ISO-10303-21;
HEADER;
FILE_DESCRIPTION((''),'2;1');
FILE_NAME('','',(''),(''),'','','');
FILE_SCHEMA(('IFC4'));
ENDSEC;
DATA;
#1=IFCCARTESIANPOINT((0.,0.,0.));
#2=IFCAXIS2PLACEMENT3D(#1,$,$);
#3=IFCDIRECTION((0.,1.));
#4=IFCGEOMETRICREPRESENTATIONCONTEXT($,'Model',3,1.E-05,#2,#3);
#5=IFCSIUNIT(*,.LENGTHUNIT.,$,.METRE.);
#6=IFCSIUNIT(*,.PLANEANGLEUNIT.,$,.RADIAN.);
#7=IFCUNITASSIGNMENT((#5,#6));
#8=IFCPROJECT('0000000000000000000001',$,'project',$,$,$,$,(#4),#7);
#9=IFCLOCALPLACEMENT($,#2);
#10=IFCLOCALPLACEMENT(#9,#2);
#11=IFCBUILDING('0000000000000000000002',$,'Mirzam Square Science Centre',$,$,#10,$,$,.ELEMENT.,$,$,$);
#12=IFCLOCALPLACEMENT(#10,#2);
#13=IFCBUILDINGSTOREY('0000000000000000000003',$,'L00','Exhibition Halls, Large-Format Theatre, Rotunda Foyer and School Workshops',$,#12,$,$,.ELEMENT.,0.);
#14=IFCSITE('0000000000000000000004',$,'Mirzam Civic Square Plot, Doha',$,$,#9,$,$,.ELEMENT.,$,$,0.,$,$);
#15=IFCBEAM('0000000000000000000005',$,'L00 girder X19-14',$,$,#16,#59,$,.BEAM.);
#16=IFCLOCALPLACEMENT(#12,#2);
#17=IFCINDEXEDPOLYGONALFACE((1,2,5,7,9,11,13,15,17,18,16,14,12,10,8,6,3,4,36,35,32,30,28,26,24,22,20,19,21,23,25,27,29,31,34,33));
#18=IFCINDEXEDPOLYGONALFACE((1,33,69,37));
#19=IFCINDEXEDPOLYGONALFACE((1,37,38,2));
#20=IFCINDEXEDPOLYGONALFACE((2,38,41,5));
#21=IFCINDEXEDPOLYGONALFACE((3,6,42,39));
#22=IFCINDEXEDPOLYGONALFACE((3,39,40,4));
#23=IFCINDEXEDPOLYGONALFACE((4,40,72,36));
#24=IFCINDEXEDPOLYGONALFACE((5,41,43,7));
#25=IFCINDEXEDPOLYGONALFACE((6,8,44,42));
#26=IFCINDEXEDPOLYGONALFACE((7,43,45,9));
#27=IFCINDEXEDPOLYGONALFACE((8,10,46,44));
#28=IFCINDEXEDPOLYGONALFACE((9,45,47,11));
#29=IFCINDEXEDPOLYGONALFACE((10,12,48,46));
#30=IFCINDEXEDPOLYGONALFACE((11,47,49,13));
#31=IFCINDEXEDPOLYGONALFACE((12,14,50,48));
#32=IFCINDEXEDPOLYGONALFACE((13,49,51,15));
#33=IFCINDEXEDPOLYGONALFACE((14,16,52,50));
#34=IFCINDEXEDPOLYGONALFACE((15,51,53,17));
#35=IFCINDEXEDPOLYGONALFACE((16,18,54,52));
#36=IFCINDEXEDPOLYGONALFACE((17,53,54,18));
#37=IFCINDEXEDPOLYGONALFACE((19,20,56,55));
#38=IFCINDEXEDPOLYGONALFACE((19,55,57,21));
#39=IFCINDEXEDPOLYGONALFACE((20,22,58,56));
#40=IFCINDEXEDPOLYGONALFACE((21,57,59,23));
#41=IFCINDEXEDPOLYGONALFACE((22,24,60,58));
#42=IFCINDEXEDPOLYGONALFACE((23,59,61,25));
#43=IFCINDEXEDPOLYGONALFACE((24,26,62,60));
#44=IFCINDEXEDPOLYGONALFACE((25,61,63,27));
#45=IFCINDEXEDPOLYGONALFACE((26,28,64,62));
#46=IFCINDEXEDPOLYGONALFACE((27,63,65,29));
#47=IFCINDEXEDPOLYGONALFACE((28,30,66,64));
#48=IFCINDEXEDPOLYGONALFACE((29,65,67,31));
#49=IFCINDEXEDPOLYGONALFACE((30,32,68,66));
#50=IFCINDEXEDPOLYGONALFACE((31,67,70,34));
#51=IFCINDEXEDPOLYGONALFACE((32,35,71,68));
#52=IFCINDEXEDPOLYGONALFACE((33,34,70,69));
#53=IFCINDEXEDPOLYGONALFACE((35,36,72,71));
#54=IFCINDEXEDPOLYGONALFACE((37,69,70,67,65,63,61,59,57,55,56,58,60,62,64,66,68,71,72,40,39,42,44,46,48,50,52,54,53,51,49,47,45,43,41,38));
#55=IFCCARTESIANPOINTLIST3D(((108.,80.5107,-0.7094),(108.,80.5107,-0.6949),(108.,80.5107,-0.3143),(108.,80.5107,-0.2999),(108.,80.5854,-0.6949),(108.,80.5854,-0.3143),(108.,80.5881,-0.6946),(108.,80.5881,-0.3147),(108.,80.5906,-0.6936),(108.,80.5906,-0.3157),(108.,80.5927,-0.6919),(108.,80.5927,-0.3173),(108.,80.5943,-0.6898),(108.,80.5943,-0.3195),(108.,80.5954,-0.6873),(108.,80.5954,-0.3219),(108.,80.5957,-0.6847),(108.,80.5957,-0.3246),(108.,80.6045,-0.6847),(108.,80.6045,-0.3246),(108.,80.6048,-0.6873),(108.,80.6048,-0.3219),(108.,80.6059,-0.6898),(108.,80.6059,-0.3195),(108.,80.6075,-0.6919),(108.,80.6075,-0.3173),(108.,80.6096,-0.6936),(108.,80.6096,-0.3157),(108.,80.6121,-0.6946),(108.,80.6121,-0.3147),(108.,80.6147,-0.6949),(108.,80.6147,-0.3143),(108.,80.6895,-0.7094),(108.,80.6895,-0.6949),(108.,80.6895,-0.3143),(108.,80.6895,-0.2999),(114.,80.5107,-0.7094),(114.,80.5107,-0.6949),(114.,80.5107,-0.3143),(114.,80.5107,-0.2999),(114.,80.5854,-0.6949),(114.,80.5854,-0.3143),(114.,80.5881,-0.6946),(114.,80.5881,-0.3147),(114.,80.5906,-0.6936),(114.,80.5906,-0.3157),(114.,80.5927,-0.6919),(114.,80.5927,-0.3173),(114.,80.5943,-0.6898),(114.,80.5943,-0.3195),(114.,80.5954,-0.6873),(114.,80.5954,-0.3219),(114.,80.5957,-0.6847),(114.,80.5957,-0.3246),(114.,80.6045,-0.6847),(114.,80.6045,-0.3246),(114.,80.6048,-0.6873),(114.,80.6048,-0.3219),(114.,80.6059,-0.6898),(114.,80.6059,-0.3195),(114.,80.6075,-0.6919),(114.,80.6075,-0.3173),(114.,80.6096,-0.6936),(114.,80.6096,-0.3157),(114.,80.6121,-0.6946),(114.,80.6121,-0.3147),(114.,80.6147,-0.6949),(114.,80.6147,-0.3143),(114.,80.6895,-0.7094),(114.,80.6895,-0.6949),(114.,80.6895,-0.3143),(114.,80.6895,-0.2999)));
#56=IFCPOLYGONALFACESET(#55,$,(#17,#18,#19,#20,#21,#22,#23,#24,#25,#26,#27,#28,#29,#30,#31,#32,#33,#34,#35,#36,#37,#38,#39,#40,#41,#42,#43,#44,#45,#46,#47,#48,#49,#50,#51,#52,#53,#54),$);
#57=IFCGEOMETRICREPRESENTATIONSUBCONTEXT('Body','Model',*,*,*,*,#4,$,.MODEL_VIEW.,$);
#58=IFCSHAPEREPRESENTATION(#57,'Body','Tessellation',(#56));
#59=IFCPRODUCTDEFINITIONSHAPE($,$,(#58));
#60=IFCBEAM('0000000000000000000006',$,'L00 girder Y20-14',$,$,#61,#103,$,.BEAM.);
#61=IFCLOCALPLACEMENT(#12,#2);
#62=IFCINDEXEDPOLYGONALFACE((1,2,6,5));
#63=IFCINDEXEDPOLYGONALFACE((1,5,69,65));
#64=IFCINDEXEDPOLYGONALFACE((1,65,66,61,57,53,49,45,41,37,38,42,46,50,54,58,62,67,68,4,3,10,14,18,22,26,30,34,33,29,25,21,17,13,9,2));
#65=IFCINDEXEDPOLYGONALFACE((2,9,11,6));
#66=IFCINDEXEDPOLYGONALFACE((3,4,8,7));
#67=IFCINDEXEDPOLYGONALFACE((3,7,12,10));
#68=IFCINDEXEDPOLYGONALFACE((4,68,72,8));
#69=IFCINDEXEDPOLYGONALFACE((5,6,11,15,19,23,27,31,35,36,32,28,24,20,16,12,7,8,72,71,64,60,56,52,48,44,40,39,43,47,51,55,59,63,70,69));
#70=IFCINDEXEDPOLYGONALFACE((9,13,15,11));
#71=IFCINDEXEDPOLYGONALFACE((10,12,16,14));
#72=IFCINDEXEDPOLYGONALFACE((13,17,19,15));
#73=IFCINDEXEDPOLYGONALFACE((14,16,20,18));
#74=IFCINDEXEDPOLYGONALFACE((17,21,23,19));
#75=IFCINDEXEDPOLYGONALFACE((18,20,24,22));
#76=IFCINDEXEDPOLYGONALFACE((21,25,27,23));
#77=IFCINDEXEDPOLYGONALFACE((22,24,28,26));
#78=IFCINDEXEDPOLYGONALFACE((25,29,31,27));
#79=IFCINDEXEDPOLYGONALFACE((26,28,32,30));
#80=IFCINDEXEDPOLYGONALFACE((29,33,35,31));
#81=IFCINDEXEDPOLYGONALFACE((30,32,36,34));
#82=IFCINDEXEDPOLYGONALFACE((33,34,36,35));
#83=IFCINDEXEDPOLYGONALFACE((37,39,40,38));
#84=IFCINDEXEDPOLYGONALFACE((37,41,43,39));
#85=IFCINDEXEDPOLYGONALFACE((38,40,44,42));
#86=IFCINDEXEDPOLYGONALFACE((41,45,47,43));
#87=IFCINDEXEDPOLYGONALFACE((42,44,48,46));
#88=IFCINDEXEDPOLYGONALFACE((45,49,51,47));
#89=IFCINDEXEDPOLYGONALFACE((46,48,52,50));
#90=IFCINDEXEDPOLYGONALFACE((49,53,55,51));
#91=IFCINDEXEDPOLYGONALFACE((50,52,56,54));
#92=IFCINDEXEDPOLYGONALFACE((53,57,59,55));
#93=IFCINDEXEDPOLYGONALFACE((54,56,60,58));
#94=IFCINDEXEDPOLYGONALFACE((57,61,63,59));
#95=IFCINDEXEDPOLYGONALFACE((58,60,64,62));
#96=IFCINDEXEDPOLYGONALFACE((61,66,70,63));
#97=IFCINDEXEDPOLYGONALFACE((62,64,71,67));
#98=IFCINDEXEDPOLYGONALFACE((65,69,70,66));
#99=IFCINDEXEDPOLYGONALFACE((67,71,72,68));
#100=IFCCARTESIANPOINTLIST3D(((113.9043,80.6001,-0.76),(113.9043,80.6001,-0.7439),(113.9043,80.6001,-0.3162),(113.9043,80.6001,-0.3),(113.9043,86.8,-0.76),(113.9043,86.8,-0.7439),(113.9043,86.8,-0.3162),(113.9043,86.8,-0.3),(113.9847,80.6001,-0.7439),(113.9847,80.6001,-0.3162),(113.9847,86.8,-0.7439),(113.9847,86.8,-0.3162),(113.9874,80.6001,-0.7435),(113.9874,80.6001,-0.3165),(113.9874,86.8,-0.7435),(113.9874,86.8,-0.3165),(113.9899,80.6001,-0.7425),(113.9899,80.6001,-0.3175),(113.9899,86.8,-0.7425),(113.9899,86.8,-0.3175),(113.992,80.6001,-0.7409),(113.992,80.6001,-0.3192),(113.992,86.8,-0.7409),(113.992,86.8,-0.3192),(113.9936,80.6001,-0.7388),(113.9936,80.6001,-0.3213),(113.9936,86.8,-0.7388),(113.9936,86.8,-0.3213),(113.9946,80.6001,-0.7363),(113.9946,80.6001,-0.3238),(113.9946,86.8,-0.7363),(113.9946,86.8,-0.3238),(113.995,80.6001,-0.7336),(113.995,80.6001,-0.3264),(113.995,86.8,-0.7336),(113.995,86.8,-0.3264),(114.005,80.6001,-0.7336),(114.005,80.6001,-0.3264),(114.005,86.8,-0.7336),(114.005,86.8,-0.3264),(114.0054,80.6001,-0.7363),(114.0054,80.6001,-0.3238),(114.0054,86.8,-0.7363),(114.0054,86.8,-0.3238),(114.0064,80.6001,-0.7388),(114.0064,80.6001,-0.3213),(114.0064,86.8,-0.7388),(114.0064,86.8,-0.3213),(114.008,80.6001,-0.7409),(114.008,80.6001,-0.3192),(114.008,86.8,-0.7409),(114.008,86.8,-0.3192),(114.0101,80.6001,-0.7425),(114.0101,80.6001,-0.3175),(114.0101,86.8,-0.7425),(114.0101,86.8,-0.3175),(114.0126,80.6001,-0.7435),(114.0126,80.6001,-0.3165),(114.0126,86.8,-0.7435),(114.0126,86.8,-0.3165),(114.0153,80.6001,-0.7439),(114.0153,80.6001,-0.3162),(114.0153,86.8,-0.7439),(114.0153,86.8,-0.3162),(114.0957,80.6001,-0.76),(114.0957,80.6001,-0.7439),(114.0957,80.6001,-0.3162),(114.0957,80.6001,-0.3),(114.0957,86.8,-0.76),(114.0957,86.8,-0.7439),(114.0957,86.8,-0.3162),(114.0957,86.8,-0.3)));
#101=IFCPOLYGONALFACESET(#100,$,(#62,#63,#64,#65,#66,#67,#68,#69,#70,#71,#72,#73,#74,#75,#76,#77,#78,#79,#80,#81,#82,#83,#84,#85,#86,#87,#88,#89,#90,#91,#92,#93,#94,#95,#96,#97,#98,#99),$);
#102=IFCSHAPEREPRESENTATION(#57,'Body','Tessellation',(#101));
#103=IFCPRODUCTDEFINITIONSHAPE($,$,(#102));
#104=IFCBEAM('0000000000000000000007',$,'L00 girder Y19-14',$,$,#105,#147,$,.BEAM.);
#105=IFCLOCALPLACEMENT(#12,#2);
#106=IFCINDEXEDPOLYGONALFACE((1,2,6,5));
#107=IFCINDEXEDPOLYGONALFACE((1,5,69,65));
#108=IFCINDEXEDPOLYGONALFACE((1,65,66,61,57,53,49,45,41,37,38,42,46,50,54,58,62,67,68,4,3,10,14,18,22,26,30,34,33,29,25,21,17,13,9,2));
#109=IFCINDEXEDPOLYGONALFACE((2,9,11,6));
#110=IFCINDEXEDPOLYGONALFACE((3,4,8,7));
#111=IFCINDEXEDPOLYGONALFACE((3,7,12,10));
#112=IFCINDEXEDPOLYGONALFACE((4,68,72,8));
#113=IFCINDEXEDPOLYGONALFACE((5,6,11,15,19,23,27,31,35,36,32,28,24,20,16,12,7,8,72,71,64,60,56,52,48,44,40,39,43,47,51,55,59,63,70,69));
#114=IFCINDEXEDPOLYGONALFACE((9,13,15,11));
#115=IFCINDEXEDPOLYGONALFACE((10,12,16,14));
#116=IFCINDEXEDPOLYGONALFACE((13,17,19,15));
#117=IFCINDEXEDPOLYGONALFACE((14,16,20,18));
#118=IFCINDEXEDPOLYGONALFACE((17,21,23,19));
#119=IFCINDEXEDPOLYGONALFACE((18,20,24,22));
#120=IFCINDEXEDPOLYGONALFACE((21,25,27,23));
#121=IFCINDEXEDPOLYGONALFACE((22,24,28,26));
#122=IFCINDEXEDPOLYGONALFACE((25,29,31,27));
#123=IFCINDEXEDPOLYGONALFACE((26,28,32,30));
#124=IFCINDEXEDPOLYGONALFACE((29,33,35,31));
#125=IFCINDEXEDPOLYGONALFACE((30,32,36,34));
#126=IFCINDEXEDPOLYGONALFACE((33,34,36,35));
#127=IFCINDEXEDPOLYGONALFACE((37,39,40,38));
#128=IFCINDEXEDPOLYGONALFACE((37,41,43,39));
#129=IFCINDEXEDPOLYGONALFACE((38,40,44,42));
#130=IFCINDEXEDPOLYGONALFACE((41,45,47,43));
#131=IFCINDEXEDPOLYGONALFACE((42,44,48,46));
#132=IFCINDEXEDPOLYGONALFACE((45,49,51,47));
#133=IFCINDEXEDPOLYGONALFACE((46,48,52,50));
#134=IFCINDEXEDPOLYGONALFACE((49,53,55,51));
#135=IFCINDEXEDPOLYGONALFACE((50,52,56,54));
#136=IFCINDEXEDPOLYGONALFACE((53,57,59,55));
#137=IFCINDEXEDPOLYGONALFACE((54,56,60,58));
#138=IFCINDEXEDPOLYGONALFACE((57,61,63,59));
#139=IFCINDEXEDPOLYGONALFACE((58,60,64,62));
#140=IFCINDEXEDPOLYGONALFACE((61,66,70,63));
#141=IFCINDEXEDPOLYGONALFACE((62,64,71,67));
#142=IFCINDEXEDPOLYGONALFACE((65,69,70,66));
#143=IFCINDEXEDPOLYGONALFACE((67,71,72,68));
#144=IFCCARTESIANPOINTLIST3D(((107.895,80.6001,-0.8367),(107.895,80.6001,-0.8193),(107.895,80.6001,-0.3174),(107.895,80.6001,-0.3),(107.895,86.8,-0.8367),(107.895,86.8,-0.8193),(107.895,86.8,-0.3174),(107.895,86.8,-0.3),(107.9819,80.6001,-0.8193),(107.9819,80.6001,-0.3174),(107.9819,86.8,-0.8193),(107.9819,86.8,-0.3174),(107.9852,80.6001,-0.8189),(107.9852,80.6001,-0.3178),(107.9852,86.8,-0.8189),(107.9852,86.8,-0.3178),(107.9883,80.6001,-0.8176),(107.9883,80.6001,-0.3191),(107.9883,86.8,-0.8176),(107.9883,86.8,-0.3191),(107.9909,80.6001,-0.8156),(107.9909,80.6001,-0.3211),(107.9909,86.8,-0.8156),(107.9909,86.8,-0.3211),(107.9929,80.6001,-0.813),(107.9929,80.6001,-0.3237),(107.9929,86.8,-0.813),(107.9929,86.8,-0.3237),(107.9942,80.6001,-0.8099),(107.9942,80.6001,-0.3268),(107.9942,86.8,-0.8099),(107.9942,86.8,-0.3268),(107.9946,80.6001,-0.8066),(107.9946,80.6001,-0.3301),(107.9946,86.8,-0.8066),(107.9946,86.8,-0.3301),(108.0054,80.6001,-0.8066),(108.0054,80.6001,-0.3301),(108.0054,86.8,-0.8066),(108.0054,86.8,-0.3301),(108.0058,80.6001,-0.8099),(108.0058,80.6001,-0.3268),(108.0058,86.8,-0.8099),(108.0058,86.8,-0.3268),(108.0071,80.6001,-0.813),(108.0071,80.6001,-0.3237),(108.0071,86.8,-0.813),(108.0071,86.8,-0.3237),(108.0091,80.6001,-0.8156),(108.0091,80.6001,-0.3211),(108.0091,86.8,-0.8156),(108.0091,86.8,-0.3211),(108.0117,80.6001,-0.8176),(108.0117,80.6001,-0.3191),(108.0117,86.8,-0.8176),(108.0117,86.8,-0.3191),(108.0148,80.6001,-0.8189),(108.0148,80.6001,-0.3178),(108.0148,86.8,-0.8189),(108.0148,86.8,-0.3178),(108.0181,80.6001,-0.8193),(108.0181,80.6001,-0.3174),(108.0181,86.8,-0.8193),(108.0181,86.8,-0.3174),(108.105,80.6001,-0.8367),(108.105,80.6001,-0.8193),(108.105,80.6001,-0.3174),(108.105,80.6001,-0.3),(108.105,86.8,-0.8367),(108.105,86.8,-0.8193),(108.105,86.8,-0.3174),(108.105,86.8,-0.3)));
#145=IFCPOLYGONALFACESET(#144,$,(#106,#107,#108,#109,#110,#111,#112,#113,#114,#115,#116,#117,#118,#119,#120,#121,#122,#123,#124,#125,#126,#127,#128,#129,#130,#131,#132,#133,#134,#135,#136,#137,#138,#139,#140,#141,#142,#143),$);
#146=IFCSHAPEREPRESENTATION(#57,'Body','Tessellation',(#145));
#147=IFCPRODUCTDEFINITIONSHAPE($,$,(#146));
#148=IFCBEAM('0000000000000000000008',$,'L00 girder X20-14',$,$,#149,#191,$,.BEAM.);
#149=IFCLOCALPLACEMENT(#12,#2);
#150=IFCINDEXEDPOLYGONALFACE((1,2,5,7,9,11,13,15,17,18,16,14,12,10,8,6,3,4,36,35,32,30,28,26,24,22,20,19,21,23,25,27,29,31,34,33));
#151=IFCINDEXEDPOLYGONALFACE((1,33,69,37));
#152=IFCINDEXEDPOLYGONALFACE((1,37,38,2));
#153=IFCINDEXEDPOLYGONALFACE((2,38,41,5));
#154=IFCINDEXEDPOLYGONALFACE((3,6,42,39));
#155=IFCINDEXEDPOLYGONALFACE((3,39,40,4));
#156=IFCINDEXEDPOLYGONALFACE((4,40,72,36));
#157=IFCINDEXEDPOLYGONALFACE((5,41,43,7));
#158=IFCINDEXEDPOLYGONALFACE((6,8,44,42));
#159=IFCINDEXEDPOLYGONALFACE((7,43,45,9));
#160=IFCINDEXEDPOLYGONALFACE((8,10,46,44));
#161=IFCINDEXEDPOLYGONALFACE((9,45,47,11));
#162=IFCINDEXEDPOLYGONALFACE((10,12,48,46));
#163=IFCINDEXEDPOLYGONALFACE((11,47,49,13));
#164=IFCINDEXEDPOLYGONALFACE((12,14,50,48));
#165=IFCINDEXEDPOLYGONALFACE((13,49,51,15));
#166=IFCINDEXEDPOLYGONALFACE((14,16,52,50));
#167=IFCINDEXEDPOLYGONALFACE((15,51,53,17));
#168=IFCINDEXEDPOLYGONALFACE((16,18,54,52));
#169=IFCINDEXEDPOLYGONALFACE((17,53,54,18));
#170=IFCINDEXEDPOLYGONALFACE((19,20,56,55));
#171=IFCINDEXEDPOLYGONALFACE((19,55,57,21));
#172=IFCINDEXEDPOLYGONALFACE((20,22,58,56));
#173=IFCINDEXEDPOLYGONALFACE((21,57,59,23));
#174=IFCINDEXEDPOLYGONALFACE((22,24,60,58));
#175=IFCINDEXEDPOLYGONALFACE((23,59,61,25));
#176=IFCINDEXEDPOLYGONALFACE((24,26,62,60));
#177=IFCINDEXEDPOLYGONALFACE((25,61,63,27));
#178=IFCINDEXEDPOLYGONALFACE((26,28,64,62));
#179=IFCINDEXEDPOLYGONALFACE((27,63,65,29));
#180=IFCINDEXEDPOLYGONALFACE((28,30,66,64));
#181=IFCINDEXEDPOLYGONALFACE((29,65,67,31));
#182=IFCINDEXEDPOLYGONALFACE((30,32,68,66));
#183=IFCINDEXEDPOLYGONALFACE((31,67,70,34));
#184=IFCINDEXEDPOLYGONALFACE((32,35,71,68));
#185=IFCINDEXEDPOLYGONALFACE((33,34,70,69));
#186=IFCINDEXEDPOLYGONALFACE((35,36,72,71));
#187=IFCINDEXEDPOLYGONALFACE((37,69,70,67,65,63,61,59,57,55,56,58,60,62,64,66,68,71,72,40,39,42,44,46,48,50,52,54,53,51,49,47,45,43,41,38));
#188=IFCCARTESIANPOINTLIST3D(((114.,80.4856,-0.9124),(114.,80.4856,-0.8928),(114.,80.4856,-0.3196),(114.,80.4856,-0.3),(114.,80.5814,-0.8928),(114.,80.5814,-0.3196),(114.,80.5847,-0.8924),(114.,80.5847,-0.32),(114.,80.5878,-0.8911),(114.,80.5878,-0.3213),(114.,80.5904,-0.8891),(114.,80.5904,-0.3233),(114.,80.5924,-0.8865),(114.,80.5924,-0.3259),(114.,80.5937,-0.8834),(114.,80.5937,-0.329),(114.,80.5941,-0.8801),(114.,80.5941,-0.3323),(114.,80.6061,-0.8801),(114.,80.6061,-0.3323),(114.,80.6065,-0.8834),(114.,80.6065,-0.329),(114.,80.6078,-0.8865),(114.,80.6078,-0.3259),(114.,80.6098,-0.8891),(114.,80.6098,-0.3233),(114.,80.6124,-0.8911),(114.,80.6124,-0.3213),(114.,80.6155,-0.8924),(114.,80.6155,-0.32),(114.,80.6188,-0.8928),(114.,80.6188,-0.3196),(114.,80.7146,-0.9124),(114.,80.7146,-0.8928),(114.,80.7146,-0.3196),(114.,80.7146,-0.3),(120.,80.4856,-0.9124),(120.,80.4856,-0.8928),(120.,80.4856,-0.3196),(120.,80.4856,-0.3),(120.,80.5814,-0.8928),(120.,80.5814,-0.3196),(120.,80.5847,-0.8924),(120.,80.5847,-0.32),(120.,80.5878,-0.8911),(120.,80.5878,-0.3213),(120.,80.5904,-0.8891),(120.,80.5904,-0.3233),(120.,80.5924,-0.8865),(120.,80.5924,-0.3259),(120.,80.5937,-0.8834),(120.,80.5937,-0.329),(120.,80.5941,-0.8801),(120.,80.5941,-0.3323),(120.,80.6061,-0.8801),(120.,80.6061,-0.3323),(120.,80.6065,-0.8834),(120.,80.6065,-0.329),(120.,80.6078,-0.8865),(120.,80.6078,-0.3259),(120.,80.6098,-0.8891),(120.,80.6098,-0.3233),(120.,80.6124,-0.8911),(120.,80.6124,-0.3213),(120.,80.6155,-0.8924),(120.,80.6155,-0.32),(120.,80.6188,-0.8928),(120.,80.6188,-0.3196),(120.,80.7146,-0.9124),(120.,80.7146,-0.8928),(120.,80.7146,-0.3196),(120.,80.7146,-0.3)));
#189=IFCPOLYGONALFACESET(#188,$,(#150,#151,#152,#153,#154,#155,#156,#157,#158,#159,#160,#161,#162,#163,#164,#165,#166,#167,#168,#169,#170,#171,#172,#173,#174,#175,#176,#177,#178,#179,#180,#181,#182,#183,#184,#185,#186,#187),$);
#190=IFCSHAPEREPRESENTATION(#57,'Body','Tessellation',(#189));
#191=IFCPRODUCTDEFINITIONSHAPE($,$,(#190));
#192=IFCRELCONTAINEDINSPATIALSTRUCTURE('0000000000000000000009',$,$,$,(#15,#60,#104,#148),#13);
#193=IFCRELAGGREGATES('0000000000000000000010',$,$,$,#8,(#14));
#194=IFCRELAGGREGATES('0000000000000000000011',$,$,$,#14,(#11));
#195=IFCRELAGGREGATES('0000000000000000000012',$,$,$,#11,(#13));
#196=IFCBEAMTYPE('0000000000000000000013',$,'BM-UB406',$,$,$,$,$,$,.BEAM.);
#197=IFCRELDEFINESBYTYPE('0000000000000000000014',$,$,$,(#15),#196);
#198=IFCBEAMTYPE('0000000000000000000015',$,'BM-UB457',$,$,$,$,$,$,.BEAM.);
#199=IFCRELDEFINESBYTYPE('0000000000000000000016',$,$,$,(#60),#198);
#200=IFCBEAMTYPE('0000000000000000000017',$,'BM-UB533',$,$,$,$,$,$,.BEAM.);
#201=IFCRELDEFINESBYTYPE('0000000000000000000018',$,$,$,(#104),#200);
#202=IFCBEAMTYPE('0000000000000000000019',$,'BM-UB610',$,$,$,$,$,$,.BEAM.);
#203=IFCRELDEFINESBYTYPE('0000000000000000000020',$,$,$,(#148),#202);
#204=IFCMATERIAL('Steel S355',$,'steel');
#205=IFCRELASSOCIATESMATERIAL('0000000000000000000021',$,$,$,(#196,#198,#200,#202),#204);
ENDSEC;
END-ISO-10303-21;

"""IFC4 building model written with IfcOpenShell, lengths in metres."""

from ifc_helpers import new_model, si_unit, direction, frame, origin, origin_2d, place, context, subcontext, project, spatial, i_section, extrude, material, material_profile, profile_set, type_object, element, save


model = new_model("IFC4")

# Units and contexts
model_context = context("Model", 3, precision=1e-05, world=origin(), true_north=direction((0.0, 1.0)))
body_context = subcontext(model_context, "Body", "Model", "MODEL_VIEW")
ifc_project = project(units=[si_unit("LENGTHUNIT", "METRE"), si_unit("PLANEANGLEUNIT", "RADIAN")], contexts=[model_context])

# Site, building, storey
site_placement = place(None, origin())
site = spatial("IfcSite", under=ifc_project, at=site_placement, Name="Mirzam Civic Square Plot, Doha", CompositionType="ELEMENT", RefElevation=0.0)
building_placement = place(site_placement, origin())
building = spatial("IfcBuilding", under=site, at=building_placement, Name="Mirzam Square Science Centre", CompositionType="ELEMENT")
storey_placement = place(building_placement, origin())
storey = spatial("IfcBuildingStorey", under=building, at=storey_placement, Name="L00", Description="Exhibition Halls, Large-Format Theatre, Rotunda Foyer and School Workshops", CompositionType="ELEMENT", Elevation=0.0)

# Shared definitions
ifc_material_1 = material(Name="Steel S355", Category="steel")

# Beams
ifc_material_profile_1 = material_profile(ifc_material_1, i_section(OverallWidth=0.1787, OverallDepth=0.4094, WebThickness=0.0088, FlangeThickness=0.0144, FilletRadius=0.0103, at=origin_2d()), Name="406x178x67UB")
ifc_profile_set_1 = profile_set([ifc_material_profile_1], Name="Steel S355")
beam_type_1 = type_object("IfcBeamType", Name="BM-UB406", PredefinedType="BEAM", material=ifc_profile_set_1)
beam_1_placement = place(storey_placement, frame((108.0, 80.6001, -0.5046), z_axis=(1.0, 0.0, 0.0), x_axis=(0.0, 1.0, 0.0)))
element("IfcBeam", 1, at=beam_1_placement, inside=storey, type_object=beam_type_1, Name="L00 girder X19-14", PredefinedType="BEAM", context=body_context, shape_type="SweptSolid", body=[
    extrude(i_section(OverallWidth=0.1787, OverallDepth=0.4094, WebThickness=0.0088, FlangeThickness=0.0144, FilletRadius=0.0103, at=origin_2d()), origin(), (0.0, 0.0, 1.0), 6.0),
])
ifc_material_profile_2 = material_profile(ifc_material_1, i_section(OverallWidth=0.1914, OverallDepth=0.46, WebThickness=0.01, FlangeThickness=0.0161, FilletRadius=0.0103, at=origin_2d()), Name="457x191x82UB")
ifc_profile_set_2 = profile_set([ifc_material_profile_2], Name="Steel S355")
beam_type_2 = type_object("IfcBeamType", Name="BM-UB457", PredefinedType="BEAM", material=ifc_profile_set_2)
beam_2_placement = place(storey_placement, frame((114.0, 80.6001, -0.53), z_axis=(0.0, 1.0, 0.0), x_axis=(-1.0, 0.0, 0.0)))
element("IfcBeam", 2, at=beam_2_placement, inside=storey, type_object=beam_type_2, Name="L00 girder Y20-14", PredefinedType="BEAM", context=body_context, shape_type="SweptSolid", body=[
    extrude(i_section(OverallWidth=0.1914, OverallDepth=0.46, WebThickness=0.01, FlangeThickness=0.0161, FilletRadius=0.0103, at=origin_2d()), origin(), (0.0, 0.0, 1.0), 6.2),
])
ifc_material_profile_3 = material_profile(ifc_material_1, i_section(OverallWidth=0.21, OverallDepth=0.5366, WebThickness=0.0107, FlangeThickness=0.0173, FilletRadius=0.0127, at=origin_2d()), Name="533x210x101UB")
ifc_profile_set_3 = profile_set([ifc_material_profile_3], Name="Steel S355")
beam_type_3 = type_object("IfcBeamType", Name="BM-UB533", PredefinedType="BEAM", material=ifc_profile_set_3)
beam_3_placement = place(storey_placement, frame((108.0, 80.6001, -0.5684), z_axis=(0.0, 1.0, 0.0), x_axis=(-1.0, 0.0, 0.0)))
element("IfcBeam", 3, at=beam_3_placement, inside=storey, type_object=beam_type_3, Name="L00 girder Y19-14", PredefinedType="BEAM", context=body_context, shape_type="SweptSolid", body=[
    extrude(i_section(OverallWidth=0.21, OverallDepth=0.5366, WebThickness=0.0107, FlangeThickness=0.0173, FilletRadius=0.0127, at=origin_2d()), origin(), (0.0, 0.0, 1.0), 6.2),
])
ifc_material_profile_4 = material_profile(ifc_material_1, i_section(OverallWidth=0.229, OverallDepth=0.6123, WebThickness=0.012, FlangeThickness=0.0195, FilletRadius=0.0127, at=origin_2d()), Name="610x229x125UB")
ifc_profile_set_4 = profile_set([ifc_material_profile_4], Name="Steel S355")
beam_type_4 = type_object("IfcBeamType", Name="BM-UB610", PredefinedType="BEAM", material=ifc_profile_set_4)
beam_4_placement = place(storey_placement, frame((114.0, 80.6001, -0.6062), z_axis=(1.0, 0.0, 0.0), x_axis=(0.0, 1.0, 0.0)))
element("IfcBeam", 4, at=beam_4_placement, inside=storey, type_object=beam_type_4, Name="L00 girder X20-14", PredefinedType="BEAM", context=body_context, shape_type="SweptSolid", body=[
    extrude(i_section(OverallWidth=0.229, OverallDepth=0.6123, WebThickness=0.012, FlangeThickness=0.0195, FilletRadius=0.0127, at=origin_2d()), origin(), (0.0, 0.0, 1.0), 6.0),
])

save(model, "model.ifc")
